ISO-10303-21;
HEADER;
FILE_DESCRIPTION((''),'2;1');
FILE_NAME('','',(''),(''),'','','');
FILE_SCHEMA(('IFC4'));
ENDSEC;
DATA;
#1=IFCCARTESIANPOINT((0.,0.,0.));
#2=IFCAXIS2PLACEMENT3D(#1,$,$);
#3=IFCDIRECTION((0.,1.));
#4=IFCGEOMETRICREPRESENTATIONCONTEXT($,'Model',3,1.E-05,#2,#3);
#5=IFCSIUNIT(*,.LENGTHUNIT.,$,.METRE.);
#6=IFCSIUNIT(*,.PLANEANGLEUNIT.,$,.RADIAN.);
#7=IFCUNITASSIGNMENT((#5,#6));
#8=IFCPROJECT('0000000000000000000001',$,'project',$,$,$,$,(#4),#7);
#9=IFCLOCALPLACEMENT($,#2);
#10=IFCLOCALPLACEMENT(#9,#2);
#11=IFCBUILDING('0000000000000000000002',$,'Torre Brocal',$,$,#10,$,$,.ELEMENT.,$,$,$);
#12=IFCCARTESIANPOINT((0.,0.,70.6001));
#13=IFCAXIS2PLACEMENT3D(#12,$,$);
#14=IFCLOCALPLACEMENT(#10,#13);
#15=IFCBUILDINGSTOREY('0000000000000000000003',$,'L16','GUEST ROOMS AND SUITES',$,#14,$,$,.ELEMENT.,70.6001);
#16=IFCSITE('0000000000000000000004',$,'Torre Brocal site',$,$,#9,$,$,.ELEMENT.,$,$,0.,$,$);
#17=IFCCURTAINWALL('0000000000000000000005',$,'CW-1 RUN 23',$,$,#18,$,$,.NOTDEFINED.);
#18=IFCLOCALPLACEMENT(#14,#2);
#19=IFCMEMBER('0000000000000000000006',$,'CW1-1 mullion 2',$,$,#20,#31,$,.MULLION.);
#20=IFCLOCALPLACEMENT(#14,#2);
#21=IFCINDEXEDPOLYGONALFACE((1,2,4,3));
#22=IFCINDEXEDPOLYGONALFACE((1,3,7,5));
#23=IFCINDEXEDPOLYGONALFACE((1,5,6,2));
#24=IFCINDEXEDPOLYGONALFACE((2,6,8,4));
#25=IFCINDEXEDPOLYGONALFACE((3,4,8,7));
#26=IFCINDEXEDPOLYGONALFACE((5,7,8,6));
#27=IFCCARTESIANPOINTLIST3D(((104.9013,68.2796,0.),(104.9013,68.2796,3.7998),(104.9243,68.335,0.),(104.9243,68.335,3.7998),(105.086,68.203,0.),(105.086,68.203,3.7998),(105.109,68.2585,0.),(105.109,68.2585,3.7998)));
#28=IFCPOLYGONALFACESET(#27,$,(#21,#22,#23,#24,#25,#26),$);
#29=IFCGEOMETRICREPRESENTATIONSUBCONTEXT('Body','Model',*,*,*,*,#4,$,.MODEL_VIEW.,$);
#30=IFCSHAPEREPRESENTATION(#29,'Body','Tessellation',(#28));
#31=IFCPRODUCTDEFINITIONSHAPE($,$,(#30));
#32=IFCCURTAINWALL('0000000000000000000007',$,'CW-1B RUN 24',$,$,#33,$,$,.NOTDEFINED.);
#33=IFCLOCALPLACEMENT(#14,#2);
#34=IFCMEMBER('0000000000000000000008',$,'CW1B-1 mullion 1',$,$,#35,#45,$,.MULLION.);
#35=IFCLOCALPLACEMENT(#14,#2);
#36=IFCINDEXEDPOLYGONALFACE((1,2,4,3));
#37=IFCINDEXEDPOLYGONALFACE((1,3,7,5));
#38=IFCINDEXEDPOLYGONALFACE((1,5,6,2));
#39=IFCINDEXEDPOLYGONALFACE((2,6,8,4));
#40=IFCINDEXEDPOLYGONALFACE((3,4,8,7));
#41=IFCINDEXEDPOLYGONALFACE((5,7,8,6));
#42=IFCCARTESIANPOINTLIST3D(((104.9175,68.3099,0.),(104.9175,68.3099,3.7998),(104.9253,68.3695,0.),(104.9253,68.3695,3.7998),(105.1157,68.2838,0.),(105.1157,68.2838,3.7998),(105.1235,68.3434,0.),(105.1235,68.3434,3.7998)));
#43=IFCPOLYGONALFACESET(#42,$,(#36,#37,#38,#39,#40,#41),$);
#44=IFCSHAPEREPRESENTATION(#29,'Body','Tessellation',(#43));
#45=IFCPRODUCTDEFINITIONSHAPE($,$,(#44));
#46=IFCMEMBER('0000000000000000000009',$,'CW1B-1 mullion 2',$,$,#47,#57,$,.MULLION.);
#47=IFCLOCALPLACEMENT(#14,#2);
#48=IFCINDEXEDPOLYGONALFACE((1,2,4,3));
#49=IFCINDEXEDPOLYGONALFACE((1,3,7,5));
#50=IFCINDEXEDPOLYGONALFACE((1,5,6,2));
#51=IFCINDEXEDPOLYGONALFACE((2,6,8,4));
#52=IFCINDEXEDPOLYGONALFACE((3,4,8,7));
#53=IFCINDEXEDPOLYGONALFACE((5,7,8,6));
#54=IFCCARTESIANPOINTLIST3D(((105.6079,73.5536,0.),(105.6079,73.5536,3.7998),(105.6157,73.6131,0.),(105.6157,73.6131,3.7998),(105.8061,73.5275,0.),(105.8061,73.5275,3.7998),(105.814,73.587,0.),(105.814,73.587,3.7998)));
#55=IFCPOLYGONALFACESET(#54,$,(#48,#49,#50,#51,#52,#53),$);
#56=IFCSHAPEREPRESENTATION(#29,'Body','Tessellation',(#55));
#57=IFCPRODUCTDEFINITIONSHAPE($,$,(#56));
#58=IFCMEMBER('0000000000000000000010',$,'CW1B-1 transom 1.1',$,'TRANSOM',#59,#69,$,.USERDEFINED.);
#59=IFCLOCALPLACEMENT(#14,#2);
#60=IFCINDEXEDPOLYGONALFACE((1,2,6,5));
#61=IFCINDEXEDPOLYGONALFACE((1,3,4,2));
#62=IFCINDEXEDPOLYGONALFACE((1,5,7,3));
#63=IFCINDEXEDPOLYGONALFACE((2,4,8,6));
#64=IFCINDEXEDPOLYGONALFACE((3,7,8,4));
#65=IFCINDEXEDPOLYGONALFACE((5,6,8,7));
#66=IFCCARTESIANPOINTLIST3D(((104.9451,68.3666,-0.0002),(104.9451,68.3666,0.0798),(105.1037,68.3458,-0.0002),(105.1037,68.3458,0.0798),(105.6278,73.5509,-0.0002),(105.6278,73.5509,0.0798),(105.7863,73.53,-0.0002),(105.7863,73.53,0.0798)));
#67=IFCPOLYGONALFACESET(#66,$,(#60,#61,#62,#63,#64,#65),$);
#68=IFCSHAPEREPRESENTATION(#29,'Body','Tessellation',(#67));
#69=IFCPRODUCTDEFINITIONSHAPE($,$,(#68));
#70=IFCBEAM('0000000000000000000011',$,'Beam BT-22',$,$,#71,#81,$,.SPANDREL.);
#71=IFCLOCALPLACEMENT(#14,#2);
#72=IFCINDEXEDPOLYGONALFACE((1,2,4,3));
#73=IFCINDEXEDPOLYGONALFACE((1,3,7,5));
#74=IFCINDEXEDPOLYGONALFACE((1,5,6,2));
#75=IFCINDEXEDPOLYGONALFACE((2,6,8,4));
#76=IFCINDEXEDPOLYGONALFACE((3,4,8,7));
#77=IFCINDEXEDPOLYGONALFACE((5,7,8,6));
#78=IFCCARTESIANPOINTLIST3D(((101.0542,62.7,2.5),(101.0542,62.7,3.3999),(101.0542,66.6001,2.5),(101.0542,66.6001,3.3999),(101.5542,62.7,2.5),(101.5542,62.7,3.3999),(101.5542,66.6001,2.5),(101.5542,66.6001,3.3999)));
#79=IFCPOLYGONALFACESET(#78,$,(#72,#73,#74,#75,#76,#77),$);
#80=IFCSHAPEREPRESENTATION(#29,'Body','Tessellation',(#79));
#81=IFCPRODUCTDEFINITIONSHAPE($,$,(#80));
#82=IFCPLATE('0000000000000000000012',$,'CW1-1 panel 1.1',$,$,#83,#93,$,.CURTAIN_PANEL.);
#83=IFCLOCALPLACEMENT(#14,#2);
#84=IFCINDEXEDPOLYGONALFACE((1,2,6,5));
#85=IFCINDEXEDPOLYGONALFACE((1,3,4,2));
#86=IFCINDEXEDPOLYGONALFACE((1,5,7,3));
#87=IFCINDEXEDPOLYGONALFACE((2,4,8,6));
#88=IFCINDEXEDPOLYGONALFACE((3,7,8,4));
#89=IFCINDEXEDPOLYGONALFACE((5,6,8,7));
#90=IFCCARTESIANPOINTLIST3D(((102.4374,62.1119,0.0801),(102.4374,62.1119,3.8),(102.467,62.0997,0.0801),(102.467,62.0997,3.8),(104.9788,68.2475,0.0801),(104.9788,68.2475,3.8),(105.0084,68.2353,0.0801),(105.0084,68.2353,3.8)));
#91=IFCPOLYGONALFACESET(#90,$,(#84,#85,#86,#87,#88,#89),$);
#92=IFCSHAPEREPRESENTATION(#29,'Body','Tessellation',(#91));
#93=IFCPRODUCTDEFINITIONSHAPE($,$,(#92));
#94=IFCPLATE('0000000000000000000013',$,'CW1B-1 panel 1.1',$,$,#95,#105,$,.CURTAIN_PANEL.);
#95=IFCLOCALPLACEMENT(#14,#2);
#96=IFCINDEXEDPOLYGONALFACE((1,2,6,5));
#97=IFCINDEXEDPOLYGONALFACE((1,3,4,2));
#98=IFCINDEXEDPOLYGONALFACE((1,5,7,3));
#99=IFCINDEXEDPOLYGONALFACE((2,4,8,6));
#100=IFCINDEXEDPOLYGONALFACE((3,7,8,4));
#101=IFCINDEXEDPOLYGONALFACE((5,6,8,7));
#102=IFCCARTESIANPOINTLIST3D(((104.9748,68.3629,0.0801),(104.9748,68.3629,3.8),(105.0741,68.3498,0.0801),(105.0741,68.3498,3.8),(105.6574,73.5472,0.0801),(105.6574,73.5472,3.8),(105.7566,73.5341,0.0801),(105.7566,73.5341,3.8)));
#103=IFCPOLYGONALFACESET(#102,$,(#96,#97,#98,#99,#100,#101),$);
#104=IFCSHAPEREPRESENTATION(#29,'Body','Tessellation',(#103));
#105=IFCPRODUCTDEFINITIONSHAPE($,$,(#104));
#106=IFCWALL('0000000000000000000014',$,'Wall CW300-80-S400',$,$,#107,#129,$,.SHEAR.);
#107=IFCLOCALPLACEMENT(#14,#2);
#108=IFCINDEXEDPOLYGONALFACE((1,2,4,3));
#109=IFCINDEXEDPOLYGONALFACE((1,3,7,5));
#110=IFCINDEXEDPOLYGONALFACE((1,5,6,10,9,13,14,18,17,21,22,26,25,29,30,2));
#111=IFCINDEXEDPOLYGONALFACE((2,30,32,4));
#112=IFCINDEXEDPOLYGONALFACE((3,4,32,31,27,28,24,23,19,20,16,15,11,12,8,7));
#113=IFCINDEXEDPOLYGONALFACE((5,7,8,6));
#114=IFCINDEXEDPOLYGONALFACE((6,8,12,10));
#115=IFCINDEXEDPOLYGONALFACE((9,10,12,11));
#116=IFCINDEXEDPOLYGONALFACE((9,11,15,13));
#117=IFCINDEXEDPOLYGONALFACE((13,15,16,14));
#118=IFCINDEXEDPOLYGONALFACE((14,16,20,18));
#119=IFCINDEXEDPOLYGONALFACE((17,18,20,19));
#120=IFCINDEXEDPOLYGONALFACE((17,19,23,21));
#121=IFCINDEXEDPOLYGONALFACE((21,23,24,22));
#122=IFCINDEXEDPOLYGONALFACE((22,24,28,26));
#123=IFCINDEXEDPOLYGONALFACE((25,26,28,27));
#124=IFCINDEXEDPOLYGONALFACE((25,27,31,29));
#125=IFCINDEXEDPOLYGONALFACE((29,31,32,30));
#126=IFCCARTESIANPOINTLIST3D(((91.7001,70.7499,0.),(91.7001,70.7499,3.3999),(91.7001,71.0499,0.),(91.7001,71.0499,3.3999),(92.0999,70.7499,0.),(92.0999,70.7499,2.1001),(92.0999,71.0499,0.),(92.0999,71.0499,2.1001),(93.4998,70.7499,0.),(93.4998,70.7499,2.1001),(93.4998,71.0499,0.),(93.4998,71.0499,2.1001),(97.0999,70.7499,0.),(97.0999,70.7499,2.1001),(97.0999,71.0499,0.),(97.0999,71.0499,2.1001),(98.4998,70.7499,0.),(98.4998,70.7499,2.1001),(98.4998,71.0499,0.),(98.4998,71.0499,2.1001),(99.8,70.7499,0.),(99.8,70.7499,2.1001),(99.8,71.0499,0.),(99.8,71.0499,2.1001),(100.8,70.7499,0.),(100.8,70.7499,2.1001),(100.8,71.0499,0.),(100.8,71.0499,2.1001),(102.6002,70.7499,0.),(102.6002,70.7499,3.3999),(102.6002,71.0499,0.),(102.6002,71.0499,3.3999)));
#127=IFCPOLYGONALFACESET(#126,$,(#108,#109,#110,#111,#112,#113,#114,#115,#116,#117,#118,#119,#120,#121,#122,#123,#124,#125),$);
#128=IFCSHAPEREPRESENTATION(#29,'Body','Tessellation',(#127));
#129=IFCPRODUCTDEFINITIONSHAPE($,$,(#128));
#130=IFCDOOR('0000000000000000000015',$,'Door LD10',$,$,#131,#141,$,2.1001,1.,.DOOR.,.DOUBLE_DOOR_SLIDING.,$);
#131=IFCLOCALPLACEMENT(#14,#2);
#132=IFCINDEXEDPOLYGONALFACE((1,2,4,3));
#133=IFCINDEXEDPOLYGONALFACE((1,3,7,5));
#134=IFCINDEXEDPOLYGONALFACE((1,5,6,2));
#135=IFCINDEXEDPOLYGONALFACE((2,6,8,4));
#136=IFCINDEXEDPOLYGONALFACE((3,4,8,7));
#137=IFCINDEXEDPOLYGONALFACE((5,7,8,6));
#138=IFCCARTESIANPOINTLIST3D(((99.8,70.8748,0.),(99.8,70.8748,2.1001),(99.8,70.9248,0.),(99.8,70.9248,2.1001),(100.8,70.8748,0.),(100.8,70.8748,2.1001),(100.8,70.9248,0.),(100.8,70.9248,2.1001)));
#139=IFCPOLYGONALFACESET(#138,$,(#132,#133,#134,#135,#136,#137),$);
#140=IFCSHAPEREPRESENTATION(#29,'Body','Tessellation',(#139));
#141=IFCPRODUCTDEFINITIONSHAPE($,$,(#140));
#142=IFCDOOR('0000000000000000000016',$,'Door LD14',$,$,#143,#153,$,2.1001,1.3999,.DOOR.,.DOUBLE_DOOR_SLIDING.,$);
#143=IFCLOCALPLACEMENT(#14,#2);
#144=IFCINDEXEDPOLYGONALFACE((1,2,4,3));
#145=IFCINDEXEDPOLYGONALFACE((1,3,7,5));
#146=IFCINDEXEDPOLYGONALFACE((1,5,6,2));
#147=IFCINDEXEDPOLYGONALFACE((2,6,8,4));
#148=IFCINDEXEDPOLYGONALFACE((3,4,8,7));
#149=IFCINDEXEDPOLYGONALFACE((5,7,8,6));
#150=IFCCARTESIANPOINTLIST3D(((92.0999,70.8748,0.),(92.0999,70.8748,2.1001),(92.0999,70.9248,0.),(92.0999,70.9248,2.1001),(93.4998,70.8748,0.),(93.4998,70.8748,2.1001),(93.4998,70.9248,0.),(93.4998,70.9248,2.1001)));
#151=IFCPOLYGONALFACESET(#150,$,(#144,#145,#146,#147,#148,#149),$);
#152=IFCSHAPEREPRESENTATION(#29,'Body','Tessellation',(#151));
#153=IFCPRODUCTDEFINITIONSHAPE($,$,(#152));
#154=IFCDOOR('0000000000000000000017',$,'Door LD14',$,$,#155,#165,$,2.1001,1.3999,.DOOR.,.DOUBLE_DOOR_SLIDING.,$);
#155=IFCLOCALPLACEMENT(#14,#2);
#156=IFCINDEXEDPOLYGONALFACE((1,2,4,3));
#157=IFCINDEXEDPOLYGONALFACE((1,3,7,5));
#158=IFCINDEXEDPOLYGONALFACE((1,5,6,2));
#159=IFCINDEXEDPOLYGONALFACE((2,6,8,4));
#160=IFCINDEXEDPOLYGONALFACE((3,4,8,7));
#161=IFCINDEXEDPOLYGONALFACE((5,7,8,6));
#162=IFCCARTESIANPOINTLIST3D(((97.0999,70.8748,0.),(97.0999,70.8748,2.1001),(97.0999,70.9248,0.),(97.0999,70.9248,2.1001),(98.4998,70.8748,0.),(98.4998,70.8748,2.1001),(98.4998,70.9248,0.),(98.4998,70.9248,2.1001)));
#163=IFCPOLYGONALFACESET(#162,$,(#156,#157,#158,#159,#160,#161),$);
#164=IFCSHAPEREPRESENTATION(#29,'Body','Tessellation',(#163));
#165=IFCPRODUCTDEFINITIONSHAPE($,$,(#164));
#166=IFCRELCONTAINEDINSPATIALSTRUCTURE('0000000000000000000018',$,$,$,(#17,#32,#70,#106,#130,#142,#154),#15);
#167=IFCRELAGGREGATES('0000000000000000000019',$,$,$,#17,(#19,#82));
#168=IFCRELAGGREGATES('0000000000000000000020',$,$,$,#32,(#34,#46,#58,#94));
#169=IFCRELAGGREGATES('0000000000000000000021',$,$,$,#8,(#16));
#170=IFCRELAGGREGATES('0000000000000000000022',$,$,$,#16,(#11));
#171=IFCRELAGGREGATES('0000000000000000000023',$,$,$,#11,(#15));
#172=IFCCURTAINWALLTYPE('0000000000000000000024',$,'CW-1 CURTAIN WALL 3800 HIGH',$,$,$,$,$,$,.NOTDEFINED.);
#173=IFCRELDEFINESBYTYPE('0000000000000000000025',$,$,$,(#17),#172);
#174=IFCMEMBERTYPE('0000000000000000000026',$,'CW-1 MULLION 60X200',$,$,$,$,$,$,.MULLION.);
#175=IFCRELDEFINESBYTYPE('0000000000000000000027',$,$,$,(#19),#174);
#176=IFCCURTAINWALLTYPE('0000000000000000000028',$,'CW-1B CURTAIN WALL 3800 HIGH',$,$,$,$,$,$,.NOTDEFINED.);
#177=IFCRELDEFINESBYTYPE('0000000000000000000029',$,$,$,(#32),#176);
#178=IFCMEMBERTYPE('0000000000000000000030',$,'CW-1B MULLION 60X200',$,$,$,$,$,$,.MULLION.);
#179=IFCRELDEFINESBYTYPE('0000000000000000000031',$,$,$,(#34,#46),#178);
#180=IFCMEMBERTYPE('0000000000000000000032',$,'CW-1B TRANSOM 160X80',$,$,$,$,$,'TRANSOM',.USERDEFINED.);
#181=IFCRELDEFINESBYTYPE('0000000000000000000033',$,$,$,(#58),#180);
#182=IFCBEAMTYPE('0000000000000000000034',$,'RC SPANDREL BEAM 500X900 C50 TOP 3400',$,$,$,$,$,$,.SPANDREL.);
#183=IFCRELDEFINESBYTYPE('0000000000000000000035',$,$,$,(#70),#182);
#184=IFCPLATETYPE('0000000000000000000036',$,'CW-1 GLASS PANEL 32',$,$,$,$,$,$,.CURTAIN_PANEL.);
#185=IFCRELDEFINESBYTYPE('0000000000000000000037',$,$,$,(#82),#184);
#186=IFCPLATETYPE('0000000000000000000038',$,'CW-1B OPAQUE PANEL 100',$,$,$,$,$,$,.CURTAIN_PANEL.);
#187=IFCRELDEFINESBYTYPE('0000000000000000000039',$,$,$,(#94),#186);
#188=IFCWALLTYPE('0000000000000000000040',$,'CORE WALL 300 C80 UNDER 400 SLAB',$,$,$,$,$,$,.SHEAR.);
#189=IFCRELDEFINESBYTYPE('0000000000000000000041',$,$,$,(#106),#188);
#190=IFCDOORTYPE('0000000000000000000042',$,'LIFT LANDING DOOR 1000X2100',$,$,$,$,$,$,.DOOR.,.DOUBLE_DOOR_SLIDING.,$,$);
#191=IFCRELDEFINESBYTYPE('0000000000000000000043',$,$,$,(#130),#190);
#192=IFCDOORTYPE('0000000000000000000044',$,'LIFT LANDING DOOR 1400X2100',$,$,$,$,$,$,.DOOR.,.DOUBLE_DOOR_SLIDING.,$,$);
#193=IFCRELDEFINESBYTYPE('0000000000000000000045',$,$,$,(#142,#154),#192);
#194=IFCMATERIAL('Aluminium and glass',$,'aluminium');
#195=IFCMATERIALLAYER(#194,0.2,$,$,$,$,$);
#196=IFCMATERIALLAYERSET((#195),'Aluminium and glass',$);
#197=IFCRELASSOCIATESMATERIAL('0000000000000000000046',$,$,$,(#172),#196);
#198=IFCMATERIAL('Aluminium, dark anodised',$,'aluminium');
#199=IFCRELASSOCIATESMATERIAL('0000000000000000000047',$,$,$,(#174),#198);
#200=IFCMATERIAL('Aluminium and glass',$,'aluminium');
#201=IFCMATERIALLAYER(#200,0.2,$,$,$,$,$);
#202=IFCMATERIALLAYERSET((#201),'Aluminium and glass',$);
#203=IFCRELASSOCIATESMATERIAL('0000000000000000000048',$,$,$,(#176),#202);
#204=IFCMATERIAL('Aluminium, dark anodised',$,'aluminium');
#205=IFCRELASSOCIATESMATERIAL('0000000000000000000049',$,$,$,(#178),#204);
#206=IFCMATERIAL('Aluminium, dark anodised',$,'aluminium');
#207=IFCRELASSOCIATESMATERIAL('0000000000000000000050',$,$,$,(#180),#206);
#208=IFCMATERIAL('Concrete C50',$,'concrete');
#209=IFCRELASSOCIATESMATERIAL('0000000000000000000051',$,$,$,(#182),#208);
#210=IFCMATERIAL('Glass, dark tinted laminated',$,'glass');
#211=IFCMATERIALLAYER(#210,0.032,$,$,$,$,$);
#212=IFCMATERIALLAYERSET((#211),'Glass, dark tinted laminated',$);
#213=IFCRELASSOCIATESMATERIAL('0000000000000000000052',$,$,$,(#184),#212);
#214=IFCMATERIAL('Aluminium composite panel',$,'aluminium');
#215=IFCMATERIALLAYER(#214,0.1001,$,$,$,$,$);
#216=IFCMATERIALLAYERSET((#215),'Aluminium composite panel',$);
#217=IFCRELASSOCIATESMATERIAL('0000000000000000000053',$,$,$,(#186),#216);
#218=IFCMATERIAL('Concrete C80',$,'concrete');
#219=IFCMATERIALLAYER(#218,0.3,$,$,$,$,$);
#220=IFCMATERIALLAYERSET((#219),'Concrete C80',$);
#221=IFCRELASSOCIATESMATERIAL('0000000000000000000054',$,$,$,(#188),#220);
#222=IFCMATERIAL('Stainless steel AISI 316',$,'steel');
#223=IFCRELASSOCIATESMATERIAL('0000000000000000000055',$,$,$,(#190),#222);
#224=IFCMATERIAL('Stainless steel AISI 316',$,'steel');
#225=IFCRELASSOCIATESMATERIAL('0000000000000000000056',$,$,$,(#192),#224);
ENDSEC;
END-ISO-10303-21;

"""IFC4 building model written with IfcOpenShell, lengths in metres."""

from ifc_helpers import new_model, si_unit, direction, frame, frame_2d, origin, origin_2d, place, context, subcontext, project, spatial, rectangle, extrude, material, layer, layer_set, material_profile, profile_set, type_object, element, fill, aggregate, save


model = new_model("IFC4")

# Units and contexts
model_context = context("Model", 3, precision=1e-05, world=origin(), true_north=direction((0.0, 1.0)))
body_context = subcontext(model_context, "Body", "Model", "MODEL_VIEW")
ifc_project = project(units=[si_unit("LENGTHUNIT", "METRE"), si_unit("PLANEANGLEUNIT", "RADIAN")], contexts=[model_context])

# Site, building, storey
site_placement = place(None, origin())
site = spatial("IfcSite", under=ifc_project, at=site_placement, Name="Torre Brocal site", CompositionType="ELEMENT", RefElevation=0.0)
building_placement = place(site_placement, origin())
building = spatial("IfcBuilding", under=site, at=building_placement, Name="Torre Brocal", CompositionType="ELEMENT")
storey_placement = place(building_placement, frame((0.0, 0.0, 70.6001)))
storey = spatial("IfcBuildingStorey", under=building, at=storey_placement, Name="L16", Description="GUEST ROOMS AND SUITES", CompositionType="ELEMENT", Elevation=70.6001)

# Curtain wall, member
ifc_material_1 = material(Name="Aluminium and glass", Category="aluminium")
ifc_layer_1 = layer(ifc_material_1, 0.2)
ifc_layer_set_1 = layer_set([ifc_layer_1], Name="Aluminium and glass")
curtain_wall_type_1 = type_object("IfcCurtainWallType", Name="CW-1 CURTAIN WALL 3800 HIGH", PredefinedType="NOTDEFINED", material=ifc_layer_set_1)
curtain_wall_1_placement = place(storey_placement, origin())
curtain_wall_1 = element("IfcCurtainWall", 1, at=curtain_wall_1_placement, inside=storey, type_object=curtain_wall_type_1, Name="CW-1 RUN 23", PredefinedType="NOTDEFINED")
ifc_material_2 = material(Name="Aluminium, dark anodised", Category="aluminium")
ifc_material_profile_1 = material_profile(ifc_material_2, rectangle(XDim=0.2, YDim=0.0601, at=origin_2d()), Name="CW-1 MULLION 60X200")
ifc_profile_set_1 = profile_set([ifc_material_profile_1], Name="Aluminium, dark anodised")
member_type_1 = type_object("IfcMemberType", Name="CW-1 MULLION 60X200", PredefinedType="MULLION", material=ifc_profile_set_1)
member_1_placement = place(storey_placement, frame((105.0051, 68.269, 0.0), z_axis=(0.0, 0.0, 1.0), x_axis=(-0.92388, 0.382683, 0.0)))
member_1 = element("IfcMember", 2, at=member_1_placement, type_object=member_type_1, Name="CW1-1 mullion 2", PredefinedType="MULLION", context=body_context, shape_type="SweptSolid", body=[
    extrude(rectangle(XDim=0.2, YDim=0.0601, at=origin_2d()), origin(), (0.0, 0.0, 1.0), 3.7998),
])

# Curtain wall, members
ifc_material_3 = material(Name="Aluminium and glass", Category="aluminium")
ifc_layer_2 = layer(ifc_material_3, 0.2)
ifc_layer_set_2 = layer_set([ifc_layer_2], Name="Aluminium and glass")
curtain_wall_type_2 = type_object("IfcCurtainWallType", Name="CW-1B CURTAIN WALL 3800 HIGH", PredefinedType="NOTDEFINED", material=ifc_layer_set_2)
curtain_wall_2_placement = place(storey_placement, origin())
curtain_wall_2 = element("IfcCurtainWall", 3, at=curtain_wall_2_placement, inside=storey, type_object=curtain_wall_type_2, Name="CW-1B RUN 24", PredefinedType="NOTDEFINED")
ifc_material_4 = material(Name="Aluminium, dark anodised", Category="aluminium")
ifc_material_profile_2 = material_profile(ifc_material_4, rectangle(XDim=0.2, YDim=0.0601, at=origin_2d()), Name="CW-1B MULLION 60X200")
ifc_profile_set_2 = profile_set([ifc_material_profile_2], Name="Aluminium, dark anodised")
member_type_2 = type_object("IfcMemberType", Name="CW-1B MULLION 60X200", PredefinedType="MULLION", material=ifc_profile_set_2)
member_2_placement = place(storey_placement, frame((105.0205, 68.3267, 0.0), z_axis=(0.0, 0.0, 1.0), x_axis=(-0.991445, 0.130526, 0.0)))
member_2 = element("IfcMember", 4, at=member_2_placement, type_object=member_type_2, Name="CW1B-1 mullion 1", PredefinedType="MULLION", context=body_context, shape_type="SweptSolid", body=[
    extrude(rectangle(XDim=0.2, YDim=0.0601, at=origin_2d()), origin(), (0.0, 0.0, 1.0), 3.7998),
])
member_3_placement = place(storey_placement, frame((105.7109, 73.5703, 0.0), z_axis=(0.0, 0.0, 1.0), x_axis=(-0.991445, 0.130526, 0.0)))
member_3 = element("IfcMember", 5, at=member_3_placement, type_object=member_type_2, Name="CW1B-1 mullion 2", PredefinedType="MULLION", context=body_context, shape_type="SweptSolid", body=[
    extrude(rectangle(XDim=0.2, YDim=0.0601, at=origin_2d()), origin(), (0.0, 0.0, 1.0), 3.7998),
])
ifc_material_5 = material(Name="Aluminium, dark anodised", Category="aluminium")
ifc_material_profile_3 = material_profile(ifc_material_5, rectangle(XDim=0.1599, YDim=0.0801, at=origin_2d()), Name="CW-1B TRANSOM 160X80")
ifc_profile_set_3 = profile_set([ifc_material_profile_3], Name="Aluminium, dark anodised")
member_type_3 = type_object("IfcMemberType", Name="CW-1B TRANSOM 160X80", ElementType="TRANSOM", PredefinedType="USERDEFINED", material=ifc_profile_set_3)
member_4_placement = place(storey_placement, frame((105.0244, 68.3562, 0.0398), z_axis=(0.130543, 0.991443, 0.0), x_axis=(-0.991443, 0.130543, 0.0)))
member_4 = element("IfcMember", 6, at=member_4_placement, type_object=member_type_3, Name="CW1B-1 transom 1.1", ObjectType="TRANSOM", PredefinedType="USERDEFINED", context=body_context, shape_type="SweptSolid", body=[
    extrude(rectangle(XDim=0.1599, YDim=0.0801, at=origin_2d()), origin(), (0.0, 0.0, 1.0), 5.229),
])

# Beam
ifc_material_6 = material(Name="Concrete C50", Category="concrete")
ifc_material_profile_4 = material_profile(ifc_material_6, rectangle(XDim=0.5, YDim=0.8999, at=origin_2d()), Name="RC 500X900")
ifc_profile_set_4 = profile_set([ifc_material_profile_4], Name="Concrete C50")
beam_type = type_object("IfcBeamType", Name="RC SPANDREL BEAM 500X900 C50 TOP 3400", PredefinedType="SPANDREL", material=ifc_profile_set_4)
beam_placement = place(storey_placement, frame((101.3042, 62.7, 2.95), z_axis=(0.0, 1.0, 0.0), x_axis=(-1.0, 0.0, 0.0)))
element("IfcBeam", 7, at=beam_placement, inside=storey, type_object=beam_type, Name="Beam BT-22", PredefinedType="SPANDREL", context=body_context, shape_type="SweptSolid", body=[
    extrude(rectangle(XDim=0.5, YDim=0.8999, at=origin_2d()), origin(), (0.0, 0.0, 1.0), 3.9001),
])

# Plates
ifc_material_7 = material(Name="Glass, dark tinted laminated", Category="glass")
ifc_layer_3 = layer(ifc_material_7, 0.032)
ifc_layer_set_3 = layer_set([ifc_layer_3], Name="Glass, dark tinted laminated")
plate_type_1 = type_object("IfcPlateType", Name="CW-1 GLASS PANEL 32", PredefinedType="CURTAIN_PANEL", material=ifc_layer_set_3)
plate_1_placement = place(storey_placement, frame((103.7229, 65.1736, 0.0801), z_axis=(0.0, 0.0, 1.0), x_axis=(0.382683, 0.92388, 0.0)))
plate_1 = element("IfcPlate", 8, at=plate_1_placement, type_object=plate_type_1, Name="CW1-1 panel 1.1", PredefinedType="CURTAIN_PANEL", context=body_context, shape_type="SweptSolid", body=[
    extrude(rectangle(XDim=6.6411, YDim=0.032, at=origin_2d()), origin(), (0.0, 0.0, 1.0), 3.72),
])
aggregate(curtain_wall_1, [member_1, plate_1])
ifc_material_8 = material(Name="Aluminium composite panel", Category="aluminium")
ifc_layer_4 = layer(ifc_material_8, 0.1001)
ifc_layer_set_4 = layer_set([ifc_layer_4], Name="Aluminium composite panel")
plate_type_2 = type_object("IfcPlateType", Name="CW-1B OPAQUE PANEL 100", PredefinedType="CURTAIN_PANEL", material=ifc_layer_set_4)
plate_2_placement = place(storey_placement, frame((105.3657, 70.9485, 0.0801), z_axis=(0.0, 0.0, 1.0), x_axis=(0.130526, 0.991445, 0.0)))
plate_2 = element("IfcPlate", 9, at=plate_2_placement, type_object=plate_type_2, Name="CW1B-1 panel 1.1", PredefinedType="CURTAIN_PANEL", context=body_context, shape_type="SweptSolid", body=[
    extrude(rectangle(XDim=5.229, YDim=0.1001, at=origin_2d()), origin(), (0.0, 0.0, 1.0), 3.72),
])
aggregate(curtain_wall_2, [member_2, member_3, member_4, plate_2])

# Wall, openings, doors
ifc_material_9 = material(Name="Concrete C80", Category="concrete")
ifc_layer_5 = layer(ifc_material_9, 0.3)
ifc_layer_set_5 = layer_set([ifc_layer_5], Name="Concrete C80")
wall_type_1 = type_object("IfcWallType", Name="CORE WALL 300 C80 UNDER 400 SLAB", PredefinedType="SHEAR", material=ifc_layer_set_5)
wall_1_placement = place(storey_placement, frame((91.7, 70.8999, 0.0), z_axis=(0.0, 0.0, 1.0), x_axis=(1.0, 0.0, 0.0)))
wall_1 = element("IfcWall", 10, at=wall_1_placement, inside=storey, type_object=wall_type_1, Name="Wall CW300-80-S400", PredefinedType="SHEAR", context=body_context, shape_type="SweptSolid", body=[
    extrude(rectangle(XDim=10.9001, YDim=0.3, at=frame_2d((5.4502, 0.0))), origin(), (0.0, 0.0, 1.0), 3.3999),
])
opening_1_placement = place(wall_1_placement, frame((0.3999, 0.0, 0.0)))
opening_1 = element("IfcOpeningElement", 11, at=opening_1_placement, cuts=wall_1, PredefinedType="OPENING", context=body_context, shape_type="SweptSolid", body=[
    extrude(rectangle(XDim=1.3999, YDim=2.1001, at=frame_2d((0.7, 1.05))), frame((0.0, 0.1599, 0.0), z_axis=(0.0, -1.0, 0.0), x_axis=(1.0, 0.0, 0.0)), (0.0, 0.0, 1.0), 0.3201),
])
opening_2_placement = place(wall_1_placement, frame((5.3999, 0.0, 0.0)))
opening_2 = element("IfcOpeningElement", 12, at=opening_2_placement, cuts=wall_1, PredefinedType="OPENING", context=body_context, shape_type="SweptSolid", body=[
    extrude(rectangle(XDim=1.3999, YDim=2.1001, at=frame_2d((0.7, 1.05))), frame((0.0, 0.1599, 0.0), z_axis=(0.0, -1.0, 0.0), x_axis=(1.0, 0.0, 0.0)), (0.0, 0.0, 1.0), 0.3201),
])
opening_3_placement = place(wall_1_placement, frame((8.1001, 0.0, 0.0)))
opening_3 = element("IfcOpeningElement", 13, at=opening_3_placement, cuts=wall_1, PredefinedType="OPENING", context=body_context, shape_type="SweptSolid", body=[
    extrude(rectangle(XDim=1.0, YDim=2.1001, at=frame_2d((0.5, 1.05))), frame((0.0, 0.1599, 0.0), z_axis=(0.0, -1.0, 0.0), x_axis=(1.0, 0.0, 0.0)), (0.0, 0.0, 1.0), 0.3201),
])
ifc_material_10 = material(Name="Stainless steel AISI 316", Category="steel")
door_type_1 = type_object("IfcDoorType", Name="LIFT LANDING DOOR 1000X2100", OperationType="DOUBLE_DOOR_SLIDING", PredefinedType="DOOR", material=ifc_material_10)
door_1_placement = place(opening_3_placement, origin())
door_1 = element("IfcDoor", 14, at=door_1_placement, inside=storey, type_object=door_type_1, Name="Door LD10", OperationType="DOUBLE_DOOR_SLIDING", OverallHeight=2.1001, OverallWidth=1.0, PredefinedType="DOOR", context=body_context, shape_type="SweptSolid", body=[
    extrude(rectangle(XDim=1.0, YDim=2.1001, at=frame_2d((0.5, 1.05))), frame((0.0, 0.0249, 0.0), z_axis=(0.0, -1.0, 0.0), x_axis=(1.0, 0.0, 0.0)), (0.0, 0.0, 1.0), 0.05),
])
fill(opening_3, door_1)
ifc_material_11 = material(Name="Stainless steel AISI 316", Category="steel")
door_type_2 = type_object("IfcDoorType", Name="LIFT LANDING DOOR 1400X2100", OperationType="DOUBLE_DOOR_SLIDING", PredefinedType="DOOR", material=ifc_material_11)
door_2_placement = place(opening_1_placement, origin())
door_2 = element("IfcDoor", 15, at=door_2_placement, inside=storey, type_object=door_type_2, Name="Door LD14", OperationType="DOUBLE_DOOR_SLIDING", OverallHeight=2.1001, OverallWidth=1.3999, PredefinedType="DOOR", context=body_context, shape_type="SweptSolid", body=[
    extrude(rectangle(XDim=1.3999, YDim=2.1001, at=frame_2d((0.7, 1.05))), frame((0.0, 0.0249, 0.0), z_axis=(0.0, -1.0, 0.0), x_axis=(1.0, 0.0, 0.0)), (0.0, 0.0, 1.0), 0.05),
])
fill(opening_1, door_2)
door_3_placement = place(opening_2_placement, origin())
door_3 = element("IfcDoor", 16, at=door_3_placement, inside=storey, type_object=door_type_2, Name="Door LD14", OperationType="DOUBLE_DOOR_SLIDING", OverallHeight=2.1001, OverallWidth=1.3999, PredefinedType="DOOR", context=body_context, shape_type="SweptSolid", body=[
    extrude(rectangle(XDim=1.3999, YDim=2.1001, at=frame_2d((0.7, 1.05))), frame((0.0, 0.0249, 0.0), z_axis=(0.0, -1.0, 0.0), x_axis=(1.0, 0.0, 0.0)), (0.0, 0.0, 1.0), 0.05),
])
fill(opening_2, door_3)

save(model, "model.ifc")
